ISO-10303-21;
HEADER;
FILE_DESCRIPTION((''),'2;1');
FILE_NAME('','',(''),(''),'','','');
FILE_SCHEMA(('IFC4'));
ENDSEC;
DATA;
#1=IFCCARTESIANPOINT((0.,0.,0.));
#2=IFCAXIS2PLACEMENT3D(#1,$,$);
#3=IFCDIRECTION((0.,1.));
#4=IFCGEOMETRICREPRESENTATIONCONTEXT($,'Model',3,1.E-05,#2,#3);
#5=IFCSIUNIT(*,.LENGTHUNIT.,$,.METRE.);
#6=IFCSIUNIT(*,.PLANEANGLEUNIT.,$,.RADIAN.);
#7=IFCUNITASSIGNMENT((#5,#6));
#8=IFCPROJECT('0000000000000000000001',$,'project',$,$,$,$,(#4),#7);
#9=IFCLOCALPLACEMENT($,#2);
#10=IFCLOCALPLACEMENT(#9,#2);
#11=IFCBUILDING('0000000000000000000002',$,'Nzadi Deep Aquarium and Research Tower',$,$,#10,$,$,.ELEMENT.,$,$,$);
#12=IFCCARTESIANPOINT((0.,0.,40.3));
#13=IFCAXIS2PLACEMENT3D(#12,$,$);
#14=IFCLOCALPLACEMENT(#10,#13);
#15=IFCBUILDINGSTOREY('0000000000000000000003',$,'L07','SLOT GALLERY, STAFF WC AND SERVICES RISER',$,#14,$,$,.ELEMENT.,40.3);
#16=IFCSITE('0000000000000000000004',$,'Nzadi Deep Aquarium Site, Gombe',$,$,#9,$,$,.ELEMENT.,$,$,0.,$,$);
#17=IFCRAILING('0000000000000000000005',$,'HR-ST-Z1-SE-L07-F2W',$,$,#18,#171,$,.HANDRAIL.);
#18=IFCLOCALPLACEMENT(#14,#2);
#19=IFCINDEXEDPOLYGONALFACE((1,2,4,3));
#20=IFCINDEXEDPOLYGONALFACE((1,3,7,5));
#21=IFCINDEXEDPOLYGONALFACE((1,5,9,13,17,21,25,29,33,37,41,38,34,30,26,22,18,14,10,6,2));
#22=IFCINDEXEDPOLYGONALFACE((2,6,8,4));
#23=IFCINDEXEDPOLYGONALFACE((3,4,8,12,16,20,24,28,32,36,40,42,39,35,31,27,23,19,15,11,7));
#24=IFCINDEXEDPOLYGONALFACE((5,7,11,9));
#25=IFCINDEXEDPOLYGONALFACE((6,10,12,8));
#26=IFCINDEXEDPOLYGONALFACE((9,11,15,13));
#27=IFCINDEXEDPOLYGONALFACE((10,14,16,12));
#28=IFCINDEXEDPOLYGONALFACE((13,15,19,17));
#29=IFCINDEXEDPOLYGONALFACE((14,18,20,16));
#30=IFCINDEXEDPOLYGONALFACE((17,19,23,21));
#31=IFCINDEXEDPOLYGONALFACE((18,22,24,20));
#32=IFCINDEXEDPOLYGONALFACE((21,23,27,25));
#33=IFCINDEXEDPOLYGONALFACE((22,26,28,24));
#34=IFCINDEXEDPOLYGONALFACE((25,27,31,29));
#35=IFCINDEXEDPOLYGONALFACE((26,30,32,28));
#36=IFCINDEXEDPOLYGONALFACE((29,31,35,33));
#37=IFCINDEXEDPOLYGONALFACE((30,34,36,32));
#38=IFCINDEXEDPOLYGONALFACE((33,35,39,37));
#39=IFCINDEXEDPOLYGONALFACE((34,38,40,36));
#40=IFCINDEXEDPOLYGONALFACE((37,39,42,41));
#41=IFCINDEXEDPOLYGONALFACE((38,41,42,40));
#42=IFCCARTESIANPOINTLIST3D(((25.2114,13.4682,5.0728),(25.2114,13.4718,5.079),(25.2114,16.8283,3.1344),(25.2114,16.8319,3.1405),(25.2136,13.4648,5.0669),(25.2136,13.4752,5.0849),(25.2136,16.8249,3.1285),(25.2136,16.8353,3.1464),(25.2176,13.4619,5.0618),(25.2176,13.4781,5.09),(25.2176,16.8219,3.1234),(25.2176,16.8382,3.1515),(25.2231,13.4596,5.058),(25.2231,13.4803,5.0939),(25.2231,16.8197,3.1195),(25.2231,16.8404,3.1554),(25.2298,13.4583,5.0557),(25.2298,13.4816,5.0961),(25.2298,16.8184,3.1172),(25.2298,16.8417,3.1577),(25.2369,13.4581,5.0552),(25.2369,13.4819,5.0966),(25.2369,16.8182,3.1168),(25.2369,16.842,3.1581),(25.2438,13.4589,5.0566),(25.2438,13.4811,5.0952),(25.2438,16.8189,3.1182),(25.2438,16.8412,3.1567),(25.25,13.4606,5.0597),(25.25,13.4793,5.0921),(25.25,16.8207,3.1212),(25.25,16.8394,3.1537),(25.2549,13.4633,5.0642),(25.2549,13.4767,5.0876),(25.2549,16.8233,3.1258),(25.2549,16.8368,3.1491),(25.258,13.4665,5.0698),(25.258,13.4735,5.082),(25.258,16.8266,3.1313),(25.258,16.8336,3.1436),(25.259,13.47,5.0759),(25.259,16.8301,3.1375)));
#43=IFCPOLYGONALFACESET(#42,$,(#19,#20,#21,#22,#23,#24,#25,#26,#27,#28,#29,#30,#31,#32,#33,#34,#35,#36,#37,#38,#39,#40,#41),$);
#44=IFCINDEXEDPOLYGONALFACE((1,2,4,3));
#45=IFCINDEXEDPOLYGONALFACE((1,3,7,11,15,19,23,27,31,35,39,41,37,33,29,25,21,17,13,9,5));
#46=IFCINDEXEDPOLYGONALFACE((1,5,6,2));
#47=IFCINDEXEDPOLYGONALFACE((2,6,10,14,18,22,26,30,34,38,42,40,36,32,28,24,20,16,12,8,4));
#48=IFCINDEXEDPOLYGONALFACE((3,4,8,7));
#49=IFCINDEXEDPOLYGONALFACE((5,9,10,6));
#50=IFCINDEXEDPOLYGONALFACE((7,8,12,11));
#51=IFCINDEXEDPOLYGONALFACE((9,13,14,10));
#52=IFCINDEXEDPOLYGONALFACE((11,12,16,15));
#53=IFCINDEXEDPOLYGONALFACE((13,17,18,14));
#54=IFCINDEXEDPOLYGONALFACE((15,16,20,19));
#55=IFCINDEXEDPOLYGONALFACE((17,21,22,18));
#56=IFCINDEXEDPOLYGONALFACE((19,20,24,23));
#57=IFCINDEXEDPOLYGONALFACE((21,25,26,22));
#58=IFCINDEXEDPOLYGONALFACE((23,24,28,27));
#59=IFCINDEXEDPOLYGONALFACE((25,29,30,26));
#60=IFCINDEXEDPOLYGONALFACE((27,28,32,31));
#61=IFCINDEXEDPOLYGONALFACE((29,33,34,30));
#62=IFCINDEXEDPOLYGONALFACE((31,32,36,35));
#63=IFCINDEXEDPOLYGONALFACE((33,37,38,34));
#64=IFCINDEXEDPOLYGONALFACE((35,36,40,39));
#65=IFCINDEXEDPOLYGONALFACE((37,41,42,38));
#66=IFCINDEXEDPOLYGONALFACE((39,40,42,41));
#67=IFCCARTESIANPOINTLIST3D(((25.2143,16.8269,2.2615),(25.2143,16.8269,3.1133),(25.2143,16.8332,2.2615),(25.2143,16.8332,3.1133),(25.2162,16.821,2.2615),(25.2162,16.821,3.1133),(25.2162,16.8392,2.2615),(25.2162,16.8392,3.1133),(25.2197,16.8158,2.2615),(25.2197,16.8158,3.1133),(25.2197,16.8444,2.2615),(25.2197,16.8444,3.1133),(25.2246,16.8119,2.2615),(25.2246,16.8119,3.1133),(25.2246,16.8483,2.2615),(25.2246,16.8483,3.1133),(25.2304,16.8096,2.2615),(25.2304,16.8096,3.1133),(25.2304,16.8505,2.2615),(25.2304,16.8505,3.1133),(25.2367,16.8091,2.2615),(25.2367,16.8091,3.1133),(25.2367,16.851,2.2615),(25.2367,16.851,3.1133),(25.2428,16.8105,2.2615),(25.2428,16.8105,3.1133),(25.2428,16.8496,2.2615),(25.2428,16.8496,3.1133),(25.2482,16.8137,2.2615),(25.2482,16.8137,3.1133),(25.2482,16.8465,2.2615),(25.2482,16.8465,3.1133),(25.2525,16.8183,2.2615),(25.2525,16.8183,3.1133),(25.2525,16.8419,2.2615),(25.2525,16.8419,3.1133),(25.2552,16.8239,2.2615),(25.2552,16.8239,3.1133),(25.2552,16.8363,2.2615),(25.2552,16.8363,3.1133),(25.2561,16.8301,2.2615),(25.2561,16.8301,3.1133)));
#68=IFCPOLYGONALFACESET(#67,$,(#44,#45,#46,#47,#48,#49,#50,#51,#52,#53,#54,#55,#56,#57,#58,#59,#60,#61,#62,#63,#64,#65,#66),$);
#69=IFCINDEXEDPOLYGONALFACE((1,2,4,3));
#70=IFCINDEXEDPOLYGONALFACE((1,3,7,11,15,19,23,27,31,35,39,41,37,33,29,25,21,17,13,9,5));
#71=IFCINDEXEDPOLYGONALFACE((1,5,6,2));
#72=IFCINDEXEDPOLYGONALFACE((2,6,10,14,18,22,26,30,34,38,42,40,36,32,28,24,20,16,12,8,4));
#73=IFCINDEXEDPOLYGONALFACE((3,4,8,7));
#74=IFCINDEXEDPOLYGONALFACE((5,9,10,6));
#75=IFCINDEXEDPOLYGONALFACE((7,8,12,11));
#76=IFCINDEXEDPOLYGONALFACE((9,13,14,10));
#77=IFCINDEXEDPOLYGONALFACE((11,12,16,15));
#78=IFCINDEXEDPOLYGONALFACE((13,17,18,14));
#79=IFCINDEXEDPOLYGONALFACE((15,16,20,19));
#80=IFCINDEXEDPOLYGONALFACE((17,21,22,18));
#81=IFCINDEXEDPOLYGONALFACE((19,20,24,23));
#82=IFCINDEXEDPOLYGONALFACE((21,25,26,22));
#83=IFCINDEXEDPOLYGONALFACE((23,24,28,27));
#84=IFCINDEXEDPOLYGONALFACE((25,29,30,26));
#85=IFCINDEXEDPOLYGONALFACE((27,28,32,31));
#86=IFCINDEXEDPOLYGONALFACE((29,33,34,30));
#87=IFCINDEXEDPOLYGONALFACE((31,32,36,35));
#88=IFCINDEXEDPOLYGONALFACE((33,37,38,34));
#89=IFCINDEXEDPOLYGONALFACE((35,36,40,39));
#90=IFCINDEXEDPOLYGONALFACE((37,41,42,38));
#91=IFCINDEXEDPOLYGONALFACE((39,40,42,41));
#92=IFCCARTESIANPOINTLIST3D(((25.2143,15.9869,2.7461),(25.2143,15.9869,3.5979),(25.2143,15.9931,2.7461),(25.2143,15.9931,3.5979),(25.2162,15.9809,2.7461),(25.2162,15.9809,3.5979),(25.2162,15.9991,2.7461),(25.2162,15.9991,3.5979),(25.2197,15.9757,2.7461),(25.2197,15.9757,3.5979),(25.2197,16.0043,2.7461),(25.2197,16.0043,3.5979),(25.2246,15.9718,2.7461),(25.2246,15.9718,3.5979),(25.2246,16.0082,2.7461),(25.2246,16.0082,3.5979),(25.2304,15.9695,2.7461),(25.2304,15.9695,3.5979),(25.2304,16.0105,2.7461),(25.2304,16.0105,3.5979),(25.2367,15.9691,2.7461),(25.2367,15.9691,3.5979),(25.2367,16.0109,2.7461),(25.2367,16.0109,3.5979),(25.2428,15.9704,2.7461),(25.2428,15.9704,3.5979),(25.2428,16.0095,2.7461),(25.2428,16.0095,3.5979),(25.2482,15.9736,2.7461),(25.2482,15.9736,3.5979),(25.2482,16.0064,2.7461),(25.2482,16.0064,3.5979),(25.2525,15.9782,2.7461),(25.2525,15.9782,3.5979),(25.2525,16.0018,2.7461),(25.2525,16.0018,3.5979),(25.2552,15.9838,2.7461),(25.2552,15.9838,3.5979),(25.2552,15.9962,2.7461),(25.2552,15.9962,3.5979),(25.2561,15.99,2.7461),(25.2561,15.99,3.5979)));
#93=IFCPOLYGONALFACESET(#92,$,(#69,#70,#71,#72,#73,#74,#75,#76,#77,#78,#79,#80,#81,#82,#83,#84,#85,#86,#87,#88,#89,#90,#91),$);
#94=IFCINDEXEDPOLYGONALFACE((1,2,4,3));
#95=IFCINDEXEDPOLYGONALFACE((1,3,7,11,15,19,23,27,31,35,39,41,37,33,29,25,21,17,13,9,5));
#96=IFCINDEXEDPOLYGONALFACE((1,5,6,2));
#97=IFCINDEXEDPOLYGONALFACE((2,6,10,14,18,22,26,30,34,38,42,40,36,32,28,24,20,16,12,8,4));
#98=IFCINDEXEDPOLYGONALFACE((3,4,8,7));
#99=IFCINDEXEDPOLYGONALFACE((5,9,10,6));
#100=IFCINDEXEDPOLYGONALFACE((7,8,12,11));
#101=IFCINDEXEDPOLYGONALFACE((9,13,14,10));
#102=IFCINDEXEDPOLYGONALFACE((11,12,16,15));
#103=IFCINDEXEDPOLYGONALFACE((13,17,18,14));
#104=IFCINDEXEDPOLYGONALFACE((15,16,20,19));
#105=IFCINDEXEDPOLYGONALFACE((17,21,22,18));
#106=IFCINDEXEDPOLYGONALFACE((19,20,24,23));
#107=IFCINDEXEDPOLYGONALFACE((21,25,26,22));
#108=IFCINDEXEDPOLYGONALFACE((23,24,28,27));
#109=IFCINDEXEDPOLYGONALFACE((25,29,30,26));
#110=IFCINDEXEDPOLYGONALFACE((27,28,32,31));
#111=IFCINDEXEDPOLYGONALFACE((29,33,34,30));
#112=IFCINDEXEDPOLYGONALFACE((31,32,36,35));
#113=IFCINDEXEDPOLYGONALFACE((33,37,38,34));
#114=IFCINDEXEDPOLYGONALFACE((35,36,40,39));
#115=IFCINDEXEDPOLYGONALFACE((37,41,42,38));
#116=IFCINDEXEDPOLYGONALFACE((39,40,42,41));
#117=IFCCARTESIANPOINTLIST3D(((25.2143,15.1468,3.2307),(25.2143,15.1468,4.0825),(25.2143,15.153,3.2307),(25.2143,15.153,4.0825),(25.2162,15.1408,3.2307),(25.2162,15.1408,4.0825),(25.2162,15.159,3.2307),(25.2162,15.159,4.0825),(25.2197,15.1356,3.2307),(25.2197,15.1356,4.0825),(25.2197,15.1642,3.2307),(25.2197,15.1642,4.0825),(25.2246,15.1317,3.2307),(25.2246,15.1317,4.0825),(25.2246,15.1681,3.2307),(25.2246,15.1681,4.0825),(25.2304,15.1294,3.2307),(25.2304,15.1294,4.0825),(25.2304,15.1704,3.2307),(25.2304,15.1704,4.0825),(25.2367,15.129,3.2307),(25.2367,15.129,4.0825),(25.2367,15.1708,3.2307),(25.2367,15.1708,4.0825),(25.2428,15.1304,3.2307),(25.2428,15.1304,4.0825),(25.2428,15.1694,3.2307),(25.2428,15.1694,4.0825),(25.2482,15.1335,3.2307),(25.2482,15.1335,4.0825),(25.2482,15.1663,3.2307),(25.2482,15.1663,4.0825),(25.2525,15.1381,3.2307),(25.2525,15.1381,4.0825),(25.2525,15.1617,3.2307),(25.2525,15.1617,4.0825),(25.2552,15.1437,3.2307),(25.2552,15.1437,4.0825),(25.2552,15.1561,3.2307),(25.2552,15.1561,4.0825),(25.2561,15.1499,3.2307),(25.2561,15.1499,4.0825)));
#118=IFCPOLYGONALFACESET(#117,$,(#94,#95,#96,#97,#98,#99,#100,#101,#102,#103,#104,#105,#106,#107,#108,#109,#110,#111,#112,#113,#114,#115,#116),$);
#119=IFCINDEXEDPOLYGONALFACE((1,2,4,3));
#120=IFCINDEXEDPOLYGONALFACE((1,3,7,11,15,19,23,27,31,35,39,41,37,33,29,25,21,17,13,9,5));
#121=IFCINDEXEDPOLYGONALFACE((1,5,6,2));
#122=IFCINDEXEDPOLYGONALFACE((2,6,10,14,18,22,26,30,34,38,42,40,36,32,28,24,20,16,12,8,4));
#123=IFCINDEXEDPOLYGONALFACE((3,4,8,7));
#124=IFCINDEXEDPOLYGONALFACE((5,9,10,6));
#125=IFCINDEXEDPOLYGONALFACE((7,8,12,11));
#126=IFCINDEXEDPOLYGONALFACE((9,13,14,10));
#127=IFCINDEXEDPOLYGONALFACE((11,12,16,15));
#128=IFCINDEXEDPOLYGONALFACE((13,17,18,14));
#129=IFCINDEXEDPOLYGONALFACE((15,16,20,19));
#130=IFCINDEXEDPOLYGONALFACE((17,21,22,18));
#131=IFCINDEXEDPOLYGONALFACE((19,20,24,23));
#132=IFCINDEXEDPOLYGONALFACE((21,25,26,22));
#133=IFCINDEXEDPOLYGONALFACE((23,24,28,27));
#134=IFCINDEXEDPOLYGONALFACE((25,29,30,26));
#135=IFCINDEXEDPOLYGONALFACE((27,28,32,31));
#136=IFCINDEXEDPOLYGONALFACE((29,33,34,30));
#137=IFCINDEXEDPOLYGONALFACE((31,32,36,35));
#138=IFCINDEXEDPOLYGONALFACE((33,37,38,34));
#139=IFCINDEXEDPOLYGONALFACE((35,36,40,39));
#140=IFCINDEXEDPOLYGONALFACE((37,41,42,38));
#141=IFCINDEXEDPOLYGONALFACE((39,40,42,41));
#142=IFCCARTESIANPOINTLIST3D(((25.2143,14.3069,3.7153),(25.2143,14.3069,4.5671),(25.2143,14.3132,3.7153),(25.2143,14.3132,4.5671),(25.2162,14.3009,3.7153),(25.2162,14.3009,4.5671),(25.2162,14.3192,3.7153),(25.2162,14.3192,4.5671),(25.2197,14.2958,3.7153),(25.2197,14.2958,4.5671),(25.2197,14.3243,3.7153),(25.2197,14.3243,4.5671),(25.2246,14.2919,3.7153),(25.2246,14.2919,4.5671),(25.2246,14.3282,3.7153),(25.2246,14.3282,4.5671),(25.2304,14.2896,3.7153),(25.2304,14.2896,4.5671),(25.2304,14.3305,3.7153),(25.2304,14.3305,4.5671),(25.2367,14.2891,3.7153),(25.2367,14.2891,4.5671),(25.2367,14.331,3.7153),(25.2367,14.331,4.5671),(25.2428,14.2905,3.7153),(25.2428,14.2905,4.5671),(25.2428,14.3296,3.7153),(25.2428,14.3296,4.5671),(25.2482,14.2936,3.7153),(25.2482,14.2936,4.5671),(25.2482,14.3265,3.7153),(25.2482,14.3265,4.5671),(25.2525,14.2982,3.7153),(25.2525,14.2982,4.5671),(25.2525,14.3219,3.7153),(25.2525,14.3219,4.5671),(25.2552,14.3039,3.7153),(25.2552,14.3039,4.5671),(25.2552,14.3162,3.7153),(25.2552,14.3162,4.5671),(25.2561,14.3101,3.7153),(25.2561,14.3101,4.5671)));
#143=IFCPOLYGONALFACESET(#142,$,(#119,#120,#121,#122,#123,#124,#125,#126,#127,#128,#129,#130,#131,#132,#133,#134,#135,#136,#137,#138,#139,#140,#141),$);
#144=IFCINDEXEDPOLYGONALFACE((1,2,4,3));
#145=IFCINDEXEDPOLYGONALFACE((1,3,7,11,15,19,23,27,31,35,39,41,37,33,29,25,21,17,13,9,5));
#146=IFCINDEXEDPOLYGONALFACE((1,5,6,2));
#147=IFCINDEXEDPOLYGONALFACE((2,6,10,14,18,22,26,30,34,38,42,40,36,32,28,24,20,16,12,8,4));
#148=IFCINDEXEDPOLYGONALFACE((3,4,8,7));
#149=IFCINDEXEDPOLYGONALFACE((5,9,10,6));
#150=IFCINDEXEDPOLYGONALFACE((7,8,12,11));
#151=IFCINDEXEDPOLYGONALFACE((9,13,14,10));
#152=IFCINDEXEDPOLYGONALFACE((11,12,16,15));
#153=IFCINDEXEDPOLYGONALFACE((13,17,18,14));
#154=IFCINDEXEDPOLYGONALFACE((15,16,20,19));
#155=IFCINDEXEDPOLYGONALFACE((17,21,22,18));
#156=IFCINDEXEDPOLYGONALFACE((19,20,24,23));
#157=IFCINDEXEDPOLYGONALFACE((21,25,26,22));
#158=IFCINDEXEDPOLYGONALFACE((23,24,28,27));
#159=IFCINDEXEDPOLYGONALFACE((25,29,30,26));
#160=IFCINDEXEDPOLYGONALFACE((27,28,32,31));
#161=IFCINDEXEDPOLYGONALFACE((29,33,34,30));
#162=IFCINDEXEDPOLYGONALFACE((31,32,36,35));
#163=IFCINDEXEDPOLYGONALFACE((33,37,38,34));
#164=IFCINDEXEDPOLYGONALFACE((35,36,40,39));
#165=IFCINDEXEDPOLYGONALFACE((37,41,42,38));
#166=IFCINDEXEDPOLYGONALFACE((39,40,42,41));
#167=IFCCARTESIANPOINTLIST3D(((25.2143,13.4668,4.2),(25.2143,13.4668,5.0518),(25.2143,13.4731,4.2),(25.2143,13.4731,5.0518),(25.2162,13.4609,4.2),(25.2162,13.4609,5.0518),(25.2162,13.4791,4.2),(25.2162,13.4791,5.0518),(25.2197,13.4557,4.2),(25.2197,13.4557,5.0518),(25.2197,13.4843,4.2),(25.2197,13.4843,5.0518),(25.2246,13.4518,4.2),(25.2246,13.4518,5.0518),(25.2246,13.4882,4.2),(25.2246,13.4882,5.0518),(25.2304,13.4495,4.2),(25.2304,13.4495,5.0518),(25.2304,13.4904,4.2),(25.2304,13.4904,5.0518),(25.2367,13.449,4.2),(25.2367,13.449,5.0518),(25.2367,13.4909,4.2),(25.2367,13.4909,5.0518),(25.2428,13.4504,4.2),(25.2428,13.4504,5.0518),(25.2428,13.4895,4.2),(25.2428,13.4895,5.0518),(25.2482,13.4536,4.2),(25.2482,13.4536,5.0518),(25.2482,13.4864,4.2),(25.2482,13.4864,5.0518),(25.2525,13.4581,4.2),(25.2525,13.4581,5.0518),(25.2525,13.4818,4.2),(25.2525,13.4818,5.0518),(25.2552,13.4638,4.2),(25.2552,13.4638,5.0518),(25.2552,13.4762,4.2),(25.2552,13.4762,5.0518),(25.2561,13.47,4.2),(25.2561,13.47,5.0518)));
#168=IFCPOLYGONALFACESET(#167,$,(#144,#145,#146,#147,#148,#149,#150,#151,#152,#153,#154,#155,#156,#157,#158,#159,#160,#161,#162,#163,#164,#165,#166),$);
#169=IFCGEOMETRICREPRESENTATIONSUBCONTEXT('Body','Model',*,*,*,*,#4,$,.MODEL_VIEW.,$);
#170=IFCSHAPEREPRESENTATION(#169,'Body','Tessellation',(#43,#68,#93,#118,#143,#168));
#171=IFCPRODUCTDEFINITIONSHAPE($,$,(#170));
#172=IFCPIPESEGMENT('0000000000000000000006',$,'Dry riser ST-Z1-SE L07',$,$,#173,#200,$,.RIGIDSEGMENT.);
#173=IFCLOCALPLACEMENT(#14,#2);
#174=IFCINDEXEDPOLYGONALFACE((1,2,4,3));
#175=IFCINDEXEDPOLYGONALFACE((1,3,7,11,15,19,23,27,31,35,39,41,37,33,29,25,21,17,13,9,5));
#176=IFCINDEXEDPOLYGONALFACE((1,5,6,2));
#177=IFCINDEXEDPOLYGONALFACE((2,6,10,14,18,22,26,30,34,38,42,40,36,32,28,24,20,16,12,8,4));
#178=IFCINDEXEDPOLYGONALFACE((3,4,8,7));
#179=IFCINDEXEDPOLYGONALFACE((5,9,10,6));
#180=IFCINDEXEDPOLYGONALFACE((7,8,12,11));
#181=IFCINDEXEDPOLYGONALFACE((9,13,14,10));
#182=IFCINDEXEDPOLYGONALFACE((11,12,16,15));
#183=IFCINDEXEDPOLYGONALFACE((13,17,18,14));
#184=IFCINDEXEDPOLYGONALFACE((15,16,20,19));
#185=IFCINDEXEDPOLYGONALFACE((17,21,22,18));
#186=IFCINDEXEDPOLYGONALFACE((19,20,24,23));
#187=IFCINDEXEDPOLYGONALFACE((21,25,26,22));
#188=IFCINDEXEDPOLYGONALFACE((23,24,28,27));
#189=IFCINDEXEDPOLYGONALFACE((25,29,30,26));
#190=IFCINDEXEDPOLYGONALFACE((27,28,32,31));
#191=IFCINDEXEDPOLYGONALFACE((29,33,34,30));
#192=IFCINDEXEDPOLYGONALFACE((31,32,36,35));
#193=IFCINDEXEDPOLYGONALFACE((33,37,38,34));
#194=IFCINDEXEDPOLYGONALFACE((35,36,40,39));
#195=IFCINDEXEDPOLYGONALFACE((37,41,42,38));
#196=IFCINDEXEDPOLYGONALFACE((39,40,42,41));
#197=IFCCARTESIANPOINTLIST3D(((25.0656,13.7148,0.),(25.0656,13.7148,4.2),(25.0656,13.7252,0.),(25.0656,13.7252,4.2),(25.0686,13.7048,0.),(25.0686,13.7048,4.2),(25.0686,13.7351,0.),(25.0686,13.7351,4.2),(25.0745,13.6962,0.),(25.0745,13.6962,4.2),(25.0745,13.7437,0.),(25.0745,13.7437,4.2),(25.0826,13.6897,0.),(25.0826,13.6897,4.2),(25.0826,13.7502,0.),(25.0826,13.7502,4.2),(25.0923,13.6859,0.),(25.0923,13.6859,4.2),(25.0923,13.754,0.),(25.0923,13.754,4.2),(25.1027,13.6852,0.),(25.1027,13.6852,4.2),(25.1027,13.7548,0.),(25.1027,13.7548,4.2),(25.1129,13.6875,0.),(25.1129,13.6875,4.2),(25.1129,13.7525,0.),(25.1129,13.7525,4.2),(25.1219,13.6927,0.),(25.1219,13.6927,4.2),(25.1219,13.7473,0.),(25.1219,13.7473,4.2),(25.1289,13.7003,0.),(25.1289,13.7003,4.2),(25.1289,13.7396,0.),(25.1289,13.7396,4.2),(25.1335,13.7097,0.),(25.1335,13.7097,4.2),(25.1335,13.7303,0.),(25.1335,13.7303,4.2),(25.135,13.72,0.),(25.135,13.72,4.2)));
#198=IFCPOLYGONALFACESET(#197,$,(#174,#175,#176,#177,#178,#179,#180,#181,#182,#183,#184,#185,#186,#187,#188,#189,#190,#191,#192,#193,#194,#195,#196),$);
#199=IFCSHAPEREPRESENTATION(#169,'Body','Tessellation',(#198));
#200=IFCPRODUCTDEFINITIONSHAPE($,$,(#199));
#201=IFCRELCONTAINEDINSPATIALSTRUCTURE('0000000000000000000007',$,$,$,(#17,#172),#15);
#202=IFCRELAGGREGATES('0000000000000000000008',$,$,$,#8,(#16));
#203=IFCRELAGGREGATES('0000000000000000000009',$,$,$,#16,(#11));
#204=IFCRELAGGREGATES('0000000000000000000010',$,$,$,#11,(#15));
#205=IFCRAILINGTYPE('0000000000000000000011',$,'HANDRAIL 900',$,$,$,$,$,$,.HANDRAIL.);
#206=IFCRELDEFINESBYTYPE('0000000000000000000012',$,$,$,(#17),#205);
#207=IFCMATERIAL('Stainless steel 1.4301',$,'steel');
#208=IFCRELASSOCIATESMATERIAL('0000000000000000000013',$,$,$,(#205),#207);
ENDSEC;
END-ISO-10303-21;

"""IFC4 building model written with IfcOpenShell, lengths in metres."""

from ifc_helpers import new_model, si_unit, direction, frame, origin, origin_2d, place, context, subcontext, project, spatial, circle, extrude, material, type_object, element, save


model = new_model("IFC4")

# Units and contexts
model_context = context("Model", 3, precision=1e-05, world=origin(), true_north=direction((0.0, 1.0)))
body_context = subcontext(model_context, "Body", "Model", "MODEL_VIEW")
ifc_project = project(units=[si_unit("LENGTHUNIT", "METRE"), si_unit("PLANEANGLEUNIT", "RADIAN")], contexts=[model_context])

# Site, building, storey
site_placement = place(None, origin())
site = spatial("IfcSite", under=ifc_project, at=site_placement, Name="Nzadi Deep Aquarium Site, Gombe", CompositionType="ELEMENT", RefElevation=0.0)
building_placement = place(site_placement, origin())
building = spatial("IfcBuilding", under=site, at=building_placement, Name="Nzadi Deep Aquarium and Research Tower", CompositionType="ELEMENT")
storey_placement = place(building_placement, frame((0.0, 0.0, 40.3)))
storey = spatial("IfcBuildingStorey", under=building, at=storey_placement, Name="L07", Description="SLOT GALLERY, STAFF WC AND SERVICES RISER", CompositionType="ELEMENT", Elevation=40.3)

# Railing
ifc_material_1 = material(Name="Stainless steel 1.4301", Category="steel")
railing_type = type_object("IfcRailingType", Name="HANDRAIL 900", PredefinedType="HANDRAIL", material=ifc_material_1)
for number, where, name in (
    (1, (25.2351, 16.8301, 2.2615), "HR-ST-Z1-SE-L07-F2W"),
):
    element("IfcRailing", number, at=place(storey_placement, frame(where)), inside=storey, type_object=railing_type, Name=name, PredefinedType="HANDRAIL", context=body_context, shape_type="SweptSolid", body=[
        extrude(circle(Radius=0.0239, at=origin_2d()), frame((0.0, 0.0, 0.876), z_axis=(0.0, -0.866191, 0.499713), x_axis=(1.0, 0.0, 0.0)), (0.0, 0.0, 1.0), 3.8792),
        extrude(circle(Radius=0.021, at=origin_2d()), origin(), (0.0, 0.0, 1.0), 0.8518),
        extrude(circle(Radius=0.021, at=origin_2d()), frame((0.0, -0.8401, 0.4846)), (0.0, 0.0, 1.0), 0.8518),
        extrude(circle(Radius=0.021, at=origin_2d()), frame((0.0, -1.6802, 0.9692)), (0.0, 0.0, 1.0), 0.8518),
        extrude(circle(Radius=0.021, at=origin_2d()), frame((0.0, -2.52, 1.4539)), (0.0, 0.0, 1.0), 0.8518),
        extrude(circle(Radius=0.021, at=origin_2d()), frame((0.0, -3.3601, 1.9385)), (0.0, 0.0, 1.0), 0.8518),
    ])

# Pipe segment
pipe_segment_placement = place(storey_placement, frame((25.1001, 13.72, 0.0), z_axis=(0.0, 0.0, 1.0), x_axis=(1.0, 0.0, 0.0)))
element("IfcPipeSegment", 2, at=pipe_segment_placement, inside=storey, Name="Dry riser ST-Z1-SE L07", PredefinedType="RIGIDSEGMENT", context=body_context, shape_type="SweptSolid", body=[
    extrude(circle(Radius=0.0349, at=origin_2d()), origin(), (0.0, 0.0, 1.0), 4.2),
])

save(model, "model.ifc")
